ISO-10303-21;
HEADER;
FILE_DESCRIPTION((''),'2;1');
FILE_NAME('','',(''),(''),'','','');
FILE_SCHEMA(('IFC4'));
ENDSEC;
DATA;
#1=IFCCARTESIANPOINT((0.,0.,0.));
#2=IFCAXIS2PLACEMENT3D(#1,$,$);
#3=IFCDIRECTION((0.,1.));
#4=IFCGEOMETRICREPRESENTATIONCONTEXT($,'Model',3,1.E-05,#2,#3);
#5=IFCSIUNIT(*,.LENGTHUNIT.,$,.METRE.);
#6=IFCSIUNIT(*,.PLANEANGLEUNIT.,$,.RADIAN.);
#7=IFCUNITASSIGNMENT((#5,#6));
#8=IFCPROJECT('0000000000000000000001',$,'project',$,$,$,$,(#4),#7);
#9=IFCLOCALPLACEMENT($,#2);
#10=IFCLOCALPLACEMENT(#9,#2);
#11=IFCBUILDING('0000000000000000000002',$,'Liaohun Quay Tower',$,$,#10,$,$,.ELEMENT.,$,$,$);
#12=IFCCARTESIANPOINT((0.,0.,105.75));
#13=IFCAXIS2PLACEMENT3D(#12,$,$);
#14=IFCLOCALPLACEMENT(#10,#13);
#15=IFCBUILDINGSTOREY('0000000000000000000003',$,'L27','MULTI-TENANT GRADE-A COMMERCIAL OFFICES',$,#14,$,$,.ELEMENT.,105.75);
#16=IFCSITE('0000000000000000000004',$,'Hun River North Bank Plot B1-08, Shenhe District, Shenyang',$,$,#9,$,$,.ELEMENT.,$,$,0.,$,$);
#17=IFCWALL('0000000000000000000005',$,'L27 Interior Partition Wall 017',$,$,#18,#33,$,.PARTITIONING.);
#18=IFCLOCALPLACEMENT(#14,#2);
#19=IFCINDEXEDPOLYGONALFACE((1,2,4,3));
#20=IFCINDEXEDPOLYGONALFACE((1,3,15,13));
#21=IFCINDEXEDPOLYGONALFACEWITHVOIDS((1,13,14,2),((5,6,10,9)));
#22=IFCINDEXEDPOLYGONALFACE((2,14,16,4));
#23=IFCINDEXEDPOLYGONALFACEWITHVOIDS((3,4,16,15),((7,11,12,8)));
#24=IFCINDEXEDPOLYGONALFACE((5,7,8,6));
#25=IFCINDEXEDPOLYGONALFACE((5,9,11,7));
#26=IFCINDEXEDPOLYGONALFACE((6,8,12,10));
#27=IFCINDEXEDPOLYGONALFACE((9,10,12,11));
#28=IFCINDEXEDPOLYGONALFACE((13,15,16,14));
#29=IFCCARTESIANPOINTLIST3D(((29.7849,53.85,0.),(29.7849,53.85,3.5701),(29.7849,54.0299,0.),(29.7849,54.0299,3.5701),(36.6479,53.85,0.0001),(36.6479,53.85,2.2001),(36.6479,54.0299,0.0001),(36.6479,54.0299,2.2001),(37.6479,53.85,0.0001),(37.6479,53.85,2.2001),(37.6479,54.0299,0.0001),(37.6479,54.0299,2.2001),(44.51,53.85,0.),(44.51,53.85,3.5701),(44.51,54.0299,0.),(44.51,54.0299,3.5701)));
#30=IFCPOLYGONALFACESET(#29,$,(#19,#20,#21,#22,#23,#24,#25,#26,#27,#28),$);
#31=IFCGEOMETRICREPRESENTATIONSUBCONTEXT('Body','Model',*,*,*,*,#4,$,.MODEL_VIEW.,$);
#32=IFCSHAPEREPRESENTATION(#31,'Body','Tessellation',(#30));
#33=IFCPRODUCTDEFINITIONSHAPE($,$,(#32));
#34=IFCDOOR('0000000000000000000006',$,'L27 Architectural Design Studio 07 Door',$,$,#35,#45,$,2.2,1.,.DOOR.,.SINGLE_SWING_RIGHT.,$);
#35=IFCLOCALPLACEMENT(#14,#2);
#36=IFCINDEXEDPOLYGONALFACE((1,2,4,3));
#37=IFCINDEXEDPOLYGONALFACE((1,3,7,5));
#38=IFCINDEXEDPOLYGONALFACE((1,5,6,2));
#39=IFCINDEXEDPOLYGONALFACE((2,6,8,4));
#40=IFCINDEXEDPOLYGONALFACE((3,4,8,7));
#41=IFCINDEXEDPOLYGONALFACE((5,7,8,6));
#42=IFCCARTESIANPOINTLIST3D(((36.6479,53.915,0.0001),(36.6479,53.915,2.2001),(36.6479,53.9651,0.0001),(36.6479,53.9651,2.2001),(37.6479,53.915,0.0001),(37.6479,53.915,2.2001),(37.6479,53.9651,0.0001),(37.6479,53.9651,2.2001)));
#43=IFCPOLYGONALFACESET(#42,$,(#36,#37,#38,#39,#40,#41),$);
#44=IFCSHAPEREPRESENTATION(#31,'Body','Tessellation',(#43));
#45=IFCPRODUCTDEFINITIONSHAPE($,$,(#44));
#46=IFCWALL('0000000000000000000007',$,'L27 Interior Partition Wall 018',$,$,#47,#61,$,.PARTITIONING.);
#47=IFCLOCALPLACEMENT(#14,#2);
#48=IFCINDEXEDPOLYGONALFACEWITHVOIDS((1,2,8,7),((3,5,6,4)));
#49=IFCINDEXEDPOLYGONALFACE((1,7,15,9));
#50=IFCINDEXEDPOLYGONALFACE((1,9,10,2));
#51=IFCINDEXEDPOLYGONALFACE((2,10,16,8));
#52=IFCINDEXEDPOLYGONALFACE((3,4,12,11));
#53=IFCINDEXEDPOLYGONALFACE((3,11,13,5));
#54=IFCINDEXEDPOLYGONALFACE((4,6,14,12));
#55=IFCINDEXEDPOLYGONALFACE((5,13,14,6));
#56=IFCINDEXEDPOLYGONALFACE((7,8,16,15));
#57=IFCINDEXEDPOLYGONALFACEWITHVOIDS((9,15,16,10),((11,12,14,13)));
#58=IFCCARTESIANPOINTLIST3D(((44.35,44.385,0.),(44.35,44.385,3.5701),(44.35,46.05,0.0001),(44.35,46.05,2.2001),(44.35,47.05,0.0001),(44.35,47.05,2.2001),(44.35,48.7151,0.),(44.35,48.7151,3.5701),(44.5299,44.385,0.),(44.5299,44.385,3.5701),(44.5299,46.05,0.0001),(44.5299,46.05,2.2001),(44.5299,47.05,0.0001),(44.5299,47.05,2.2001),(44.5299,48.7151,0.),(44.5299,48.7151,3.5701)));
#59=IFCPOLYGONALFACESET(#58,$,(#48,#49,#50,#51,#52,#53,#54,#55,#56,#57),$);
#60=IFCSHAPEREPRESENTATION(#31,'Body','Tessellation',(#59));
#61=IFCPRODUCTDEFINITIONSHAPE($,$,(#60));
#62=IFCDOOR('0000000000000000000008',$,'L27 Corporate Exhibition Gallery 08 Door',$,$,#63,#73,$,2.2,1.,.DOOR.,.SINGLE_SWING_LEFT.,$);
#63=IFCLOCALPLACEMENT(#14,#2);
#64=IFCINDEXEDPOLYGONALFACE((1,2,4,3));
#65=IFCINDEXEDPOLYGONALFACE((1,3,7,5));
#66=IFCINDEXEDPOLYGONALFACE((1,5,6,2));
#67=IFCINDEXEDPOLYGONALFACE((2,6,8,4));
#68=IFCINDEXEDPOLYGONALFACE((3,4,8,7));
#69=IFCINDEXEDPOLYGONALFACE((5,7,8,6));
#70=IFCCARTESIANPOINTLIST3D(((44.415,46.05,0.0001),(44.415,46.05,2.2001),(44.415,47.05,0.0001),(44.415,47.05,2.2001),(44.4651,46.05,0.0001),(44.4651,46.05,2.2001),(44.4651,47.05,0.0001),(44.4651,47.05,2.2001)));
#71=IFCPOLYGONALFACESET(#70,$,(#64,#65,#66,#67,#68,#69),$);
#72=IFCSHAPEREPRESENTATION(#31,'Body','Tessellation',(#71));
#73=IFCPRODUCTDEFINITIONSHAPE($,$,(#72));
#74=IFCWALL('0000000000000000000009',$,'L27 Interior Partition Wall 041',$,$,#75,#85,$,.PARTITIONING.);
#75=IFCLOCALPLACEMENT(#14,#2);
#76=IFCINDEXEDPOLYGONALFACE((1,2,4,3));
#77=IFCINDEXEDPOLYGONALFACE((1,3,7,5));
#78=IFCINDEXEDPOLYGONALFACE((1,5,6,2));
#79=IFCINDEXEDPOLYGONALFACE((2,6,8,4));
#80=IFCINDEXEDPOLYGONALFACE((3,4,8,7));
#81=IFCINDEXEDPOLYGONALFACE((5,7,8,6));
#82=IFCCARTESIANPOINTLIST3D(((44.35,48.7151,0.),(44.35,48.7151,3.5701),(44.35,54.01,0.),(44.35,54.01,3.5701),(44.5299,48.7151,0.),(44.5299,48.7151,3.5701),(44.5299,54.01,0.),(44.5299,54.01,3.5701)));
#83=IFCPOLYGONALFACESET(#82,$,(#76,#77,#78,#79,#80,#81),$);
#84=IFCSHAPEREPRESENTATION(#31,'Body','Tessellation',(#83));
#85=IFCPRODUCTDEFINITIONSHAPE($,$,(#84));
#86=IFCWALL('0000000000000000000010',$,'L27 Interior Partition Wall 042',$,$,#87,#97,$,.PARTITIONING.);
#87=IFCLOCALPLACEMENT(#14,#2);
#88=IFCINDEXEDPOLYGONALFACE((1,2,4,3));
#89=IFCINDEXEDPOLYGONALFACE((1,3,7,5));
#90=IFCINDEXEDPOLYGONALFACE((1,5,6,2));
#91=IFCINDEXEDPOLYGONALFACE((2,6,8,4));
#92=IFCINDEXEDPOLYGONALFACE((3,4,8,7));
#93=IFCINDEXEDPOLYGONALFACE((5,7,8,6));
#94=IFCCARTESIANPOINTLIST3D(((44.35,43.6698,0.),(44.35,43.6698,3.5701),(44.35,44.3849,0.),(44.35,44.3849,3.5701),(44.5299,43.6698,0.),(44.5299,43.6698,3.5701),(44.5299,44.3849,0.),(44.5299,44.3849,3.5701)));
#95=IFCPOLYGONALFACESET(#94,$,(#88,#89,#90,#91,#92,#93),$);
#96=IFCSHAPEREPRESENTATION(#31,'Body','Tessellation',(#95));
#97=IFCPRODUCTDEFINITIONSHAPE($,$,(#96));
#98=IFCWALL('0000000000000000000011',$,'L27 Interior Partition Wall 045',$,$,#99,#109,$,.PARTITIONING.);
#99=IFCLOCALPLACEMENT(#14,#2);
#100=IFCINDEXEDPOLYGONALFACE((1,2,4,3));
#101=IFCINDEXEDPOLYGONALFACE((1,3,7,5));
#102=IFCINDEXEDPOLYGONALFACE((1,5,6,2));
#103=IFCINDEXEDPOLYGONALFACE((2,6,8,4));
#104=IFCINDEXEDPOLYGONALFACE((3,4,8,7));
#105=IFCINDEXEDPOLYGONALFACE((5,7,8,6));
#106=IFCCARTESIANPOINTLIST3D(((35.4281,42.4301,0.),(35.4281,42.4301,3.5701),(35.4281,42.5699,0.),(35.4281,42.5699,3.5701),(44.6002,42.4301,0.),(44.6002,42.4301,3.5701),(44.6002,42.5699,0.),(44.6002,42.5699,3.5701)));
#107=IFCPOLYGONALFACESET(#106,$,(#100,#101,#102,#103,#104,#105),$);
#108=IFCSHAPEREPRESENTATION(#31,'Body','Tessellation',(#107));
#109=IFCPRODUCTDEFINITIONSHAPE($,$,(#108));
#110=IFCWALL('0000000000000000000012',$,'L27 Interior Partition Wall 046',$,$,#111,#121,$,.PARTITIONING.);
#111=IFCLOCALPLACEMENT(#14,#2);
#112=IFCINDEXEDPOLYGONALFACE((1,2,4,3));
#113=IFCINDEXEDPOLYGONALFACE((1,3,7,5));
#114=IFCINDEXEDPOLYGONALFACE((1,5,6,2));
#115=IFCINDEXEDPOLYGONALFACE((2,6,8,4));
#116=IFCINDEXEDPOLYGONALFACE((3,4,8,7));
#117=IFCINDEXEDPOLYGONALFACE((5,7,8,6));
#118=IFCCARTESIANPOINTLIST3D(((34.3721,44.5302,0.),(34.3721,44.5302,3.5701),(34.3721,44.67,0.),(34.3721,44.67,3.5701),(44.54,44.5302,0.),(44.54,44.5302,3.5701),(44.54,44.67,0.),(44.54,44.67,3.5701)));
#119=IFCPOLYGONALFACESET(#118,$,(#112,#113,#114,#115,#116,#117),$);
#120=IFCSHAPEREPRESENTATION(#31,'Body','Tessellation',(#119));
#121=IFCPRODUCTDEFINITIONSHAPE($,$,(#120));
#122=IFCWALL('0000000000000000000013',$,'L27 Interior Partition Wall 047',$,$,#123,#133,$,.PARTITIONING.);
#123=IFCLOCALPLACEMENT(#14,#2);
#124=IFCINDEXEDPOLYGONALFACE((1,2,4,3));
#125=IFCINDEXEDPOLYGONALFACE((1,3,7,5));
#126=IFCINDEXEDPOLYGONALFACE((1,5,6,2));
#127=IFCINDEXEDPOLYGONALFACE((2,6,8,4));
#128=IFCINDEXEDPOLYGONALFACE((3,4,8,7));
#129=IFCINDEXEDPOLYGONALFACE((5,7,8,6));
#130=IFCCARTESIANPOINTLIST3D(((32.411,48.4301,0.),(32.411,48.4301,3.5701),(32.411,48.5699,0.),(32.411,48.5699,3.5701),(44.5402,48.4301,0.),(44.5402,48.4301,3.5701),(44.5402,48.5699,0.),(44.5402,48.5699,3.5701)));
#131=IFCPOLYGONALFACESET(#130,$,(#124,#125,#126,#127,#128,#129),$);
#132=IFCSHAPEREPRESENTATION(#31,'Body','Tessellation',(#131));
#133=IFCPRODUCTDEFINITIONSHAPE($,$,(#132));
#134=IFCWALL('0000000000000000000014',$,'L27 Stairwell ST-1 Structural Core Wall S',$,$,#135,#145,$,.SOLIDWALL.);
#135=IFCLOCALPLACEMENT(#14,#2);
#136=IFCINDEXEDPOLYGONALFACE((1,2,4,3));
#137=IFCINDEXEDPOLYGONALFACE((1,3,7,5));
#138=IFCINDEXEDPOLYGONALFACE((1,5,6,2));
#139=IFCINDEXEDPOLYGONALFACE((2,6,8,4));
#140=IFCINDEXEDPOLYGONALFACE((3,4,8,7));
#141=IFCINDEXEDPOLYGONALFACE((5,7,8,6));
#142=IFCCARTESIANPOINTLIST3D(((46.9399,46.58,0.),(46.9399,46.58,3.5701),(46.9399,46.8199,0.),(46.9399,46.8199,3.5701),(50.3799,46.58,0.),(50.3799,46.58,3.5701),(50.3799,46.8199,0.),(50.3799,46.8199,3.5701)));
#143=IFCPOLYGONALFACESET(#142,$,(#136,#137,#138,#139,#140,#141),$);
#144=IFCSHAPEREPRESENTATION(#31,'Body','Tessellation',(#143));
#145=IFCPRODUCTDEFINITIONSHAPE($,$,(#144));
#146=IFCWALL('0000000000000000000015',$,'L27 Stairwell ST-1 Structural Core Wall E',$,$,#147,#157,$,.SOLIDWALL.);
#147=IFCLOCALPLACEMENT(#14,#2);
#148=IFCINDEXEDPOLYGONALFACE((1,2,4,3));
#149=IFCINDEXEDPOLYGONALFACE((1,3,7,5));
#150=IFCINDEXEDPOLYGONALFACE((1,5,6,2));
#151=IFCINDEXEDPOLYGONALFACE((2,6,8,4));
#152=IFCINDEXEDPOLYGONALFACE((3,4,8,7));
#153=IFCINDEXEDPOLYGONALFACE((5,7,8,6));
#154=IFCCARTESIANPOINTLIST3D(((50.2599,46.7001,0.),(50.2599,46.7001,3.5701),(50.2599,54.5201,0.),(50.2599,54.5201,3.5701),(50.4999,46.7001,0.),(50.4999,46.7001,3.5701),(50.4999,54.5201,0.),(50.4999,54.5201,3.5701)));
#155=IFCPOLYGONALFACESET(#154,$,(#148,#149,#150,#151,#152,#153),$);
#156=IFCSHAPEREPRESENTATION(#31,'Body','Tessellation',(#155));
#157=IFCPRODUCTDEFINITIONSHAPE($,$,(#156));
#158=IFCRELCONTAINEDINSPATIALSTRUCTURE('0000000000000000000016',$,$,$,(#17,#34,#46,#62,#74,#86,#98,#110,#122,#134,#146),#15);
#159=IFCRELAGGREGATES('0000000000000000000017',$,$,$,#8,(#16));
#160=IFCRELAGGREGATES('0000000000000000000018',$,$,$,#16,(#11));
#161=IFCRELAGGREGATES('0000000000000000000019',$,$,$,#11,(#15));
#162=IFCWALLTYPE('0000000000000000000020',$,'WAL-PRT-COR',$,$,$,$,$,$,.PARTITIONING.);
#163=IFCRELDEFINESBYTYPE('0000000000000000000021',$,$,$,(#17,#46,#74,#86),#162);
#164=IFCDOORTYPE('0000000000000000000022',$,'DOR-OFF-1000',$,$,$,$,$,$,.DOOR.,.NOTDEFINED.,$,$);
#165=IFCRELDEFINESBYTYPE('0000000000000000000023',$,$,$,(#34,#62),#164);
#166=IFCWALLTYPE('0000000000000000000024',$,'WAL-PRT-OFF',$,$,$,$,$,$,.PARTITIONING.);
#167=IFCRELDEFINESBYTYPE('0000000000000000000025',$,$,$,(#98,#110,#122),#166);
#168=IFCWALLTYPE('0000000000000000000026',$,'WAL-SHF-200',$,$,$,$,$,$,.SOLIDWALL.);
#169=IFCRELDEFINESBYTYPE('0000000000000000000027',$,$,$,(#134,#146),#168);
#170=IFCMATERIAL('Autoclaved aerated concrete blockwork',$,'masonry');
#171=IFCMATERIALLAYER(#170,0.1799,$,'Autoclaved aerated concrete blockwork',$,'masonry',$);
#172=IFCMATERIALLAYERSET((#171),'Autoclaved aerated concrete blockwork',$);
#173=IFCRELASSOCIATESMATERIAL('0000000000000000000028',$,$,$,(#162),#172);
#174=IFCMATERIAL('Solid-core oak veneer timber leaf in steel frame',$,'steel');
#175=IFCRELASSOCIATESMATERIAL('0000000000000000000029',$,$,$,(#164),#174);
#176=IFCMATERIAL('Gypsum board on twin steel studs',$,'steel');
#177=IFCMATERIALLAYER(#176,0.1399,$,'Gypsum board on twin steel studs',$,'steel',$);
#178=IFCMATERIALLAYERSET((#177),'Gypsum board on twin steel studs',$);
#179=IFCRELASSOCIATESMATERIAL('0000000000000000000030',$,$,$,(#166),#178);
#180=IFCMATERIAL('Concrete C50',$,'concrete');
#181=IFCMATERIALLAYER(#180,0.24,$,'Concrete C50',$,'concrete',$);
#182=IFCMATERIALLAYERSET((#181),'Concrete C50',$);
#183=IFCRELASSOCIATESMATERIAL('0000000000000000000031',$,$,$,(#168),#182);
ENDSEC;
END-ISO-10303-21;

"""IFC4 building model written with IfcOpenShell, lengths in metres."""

from ifc_helpers import new_model, si_unit, direction, frame, frame_2d, origin, place, context, subcontext, project, spatial, rectangle, extrude, source, transform, mapped, material, layer, layer_set, type_object, element, fill, save


model = new_model("IFC4")

# Units and contexts
model_context = context("Model", 3, precision=1e-05, world=origin(), true_north=direction((0.0, 1.0)))
body_context = subcontext(model_context, "Body", "Model", "MODEL_VIEW")
ifc_project = project(units=[si_unit("LENGTHUNIT", "METRE"), si_unit("PLANEANGLEUNIT", "RADIAN")], contexts=[model_context])

# Site, building, storey
site_placement = place(None, origin())
site = spatial("IfcSite", under=ifc_project, at=site_placement, Name="Hun River North Bank Plot B1-08, Shenhe District, Shenyang", CompositionType="ELEMENT", RefElevation=0.0)
building_placement = place(site_placement, origin())
building = spatial("IfcBuilding", under=site, at=building_placement, Name="Liaohun Quay Tower", CompositionType="ELEMENT")
storey_placement = place(building_placement, frame((0.0, 0.0, 105.75)))
storey = spatial("IfcBuildingStorey", under=building, at=storey_placement, Name="L27", Description="MULTI-TENANT GRADE-A COMMERCIAL OFFICES", CompositionType="ELEMENT", Elevation=105.75)

# Walls, openings, doors
ifc_material_1 = material(Name="Autoclaved aerated concrete blockwork", Category="masonry")
ifc_layer_1 = layer(ifc_material_1, 0.1799, Name="Autoclaved aerated concrete blockwork", Category="masonry")
ifc_layer_set_1 = layer_set([ifc_layer_1], Name="Autoclaved aerated concrete blockwork")
wall_type_1 = type_object("IfcWallType", Name="WAL-PRT-COR", PredefinedType="PARTITIONING", material=ifc_layer_set_1)
wall_1_placement = place(storey_placement, frame((44.51, 53.9399, 0.0), z_axis=(0.0, 0.0, 1.0), x_axis=(-1.0, 0.0, 0.0)))
wall_1 = element("IfcWall", 1, at=wall_1_placement, inside=storey, type_object=wall_type_1, Name="L27 Interior Partition Wall 017", PredefinedType="PARTITIONING", context=body_context, shape_type="SweptSolid", body=[
    extrude(rectangle(XDim=14.7251, YDim=0.1799, at=frame_2d((7.3625, 0.0))), origin(), (0.0, 0.0, 1.0), 3.5701),
])
shared_shape_1 = source(origin(), body_context, "Body", "SweptSolid", [
    extrude(rectangle(XDim=1.0, YDim=2.2, at=frame_2d((0.5, 1.1001))), frame((0.0, 0.0999, 0.0), z_axis=(0.0, -1.0, 0.0), x_axis=(1.0, 0.0, 0.0)), (0.0, 0.0, 1.0), 0.2),
])
opening_1_placement = place(wall_1_placement, frame((6.8621, 0.0, 0.0)))
opening_1 = element("IfcOpeningElement", 2, at=opening_1_placement, cuts=wall_1, PredefinedType="OPENING", context=body_context, shape_type="MappedRepresentation", body=[
    mapped(shared_shape_1, transform((0.0, 0.0, 0.0), x_axis=(1.0, 0.0, 0.0), y_axis=(0.0, 1.0, 0.0), z_axis=(0.0, 0.0, 1.0), scale=1.0)),
])
ifc_material_2 = material(Name="Solid-core oak veneer timber leaf in steel frame", Category="steel")
door_type_1 = type_object("IfcDoorType", Name="DOR-OFF-1000", OperationType="NOTDEFINED", PredefinedType="DOOR", material=ifc_material_2)
shared_shape_2 = source(origin(), body_context, "Body", "SweptSolid", [
    extrude(rectangle(XDim=1.0, YDim=2.2, at=frame_2d((0.5, 1.1001))), frame((0.0, 0.0249, 0.0), z_axis=(0.0, -1.0, 0.0), x_axis=(1.0, 0.0, 0.0)), (0.0, 0.0, 1.0), 0.05),
])
door_1_placement = place(opening_1_placement, origin())
door_1 = element("IfcDoor", 3, at=door_1_placement, inside=storey, type_object=door_type_1, Name="L27 Architectural Design Studio 07 Door", OperationType="SINGLE_SWING_RIGHT", OverallHeight=2.2, OverallWidth=1.0, PredefinedType="DOOR", context=body_context, shape_type="MappedRepresentation", body=[
    mapped(shared_shape_2, transform((0.0, 0.0, 0.0), x_axis=(1.0, 0.0, 0.0), y_axis=(0.0, 1.0, 0.0), z_axis=(0.0, 0.0, 1.0), scale=1.0)),
])
fill(opening_1, door_1)
wall_2_placement = place(storey_placement, frame((44.4399, 44.385, 0.0), z_axis=(0.0, 0.0, 1.0), x_axis=(0.0, 1.0, 0.0)))
wall_2 = element("IfcWall", 4, at=wall_2_placement, inside=storey, type_object=wall_type_1, Name="L27 Interior Partition Wall 018", PredefinedType="PARTITIONING", context=body_context, shape_type="SweptSolid", body=[
    extrude(rectangle(XDim=4.3301, YDim=0.1799, at=frame_2d((2.165, 0.0))), origin(), (0.0, 0.0, 1.0), 3.5701),
])
opening_2_placement = place(wall_2_placement, frame((1.665, 0.0, 0.0)))
opening_2 = element("IfcOpeningElement", 5, at=opening_2_placement, cuts=wall_2, PredefinedType="OPENING", context=body_context, shape_type="MappedRepresentation", body=[
    mapped(shared_shape_1, transform((0.0, 0.0, 0.0), x_axis=(1.0, 0.0, 0.0), y_axis=(0.0, 1.0, 0.0), z_axis=(0.0, 0.0, 1.0), scale=1.0)),
])
door_2_placement = place(opening_2_placement, origin())
door_2 = element("IfcDoor", 6, at=door_2_placement, inside=storey, type_object=door_type_1, Name="L27 Corporate Exhibition Gallery 08 Door", OperationType="SINGLE_SWING_LEFT", OverallHeight=2.2, OverallWidth=1.0, PredefinedType="DOOR", context=body_context, shape_type="MappedRepresentation", body=[
    mapped(shared_shape_2, transform((0.0, 0.0, 0.0), x_axis=(1.0, 0.0, 0.0), y_axis=(0.0, 1.0, 0.0), z_axis=(0.0, 0.0, 1.0), scale=1.0)),
])
fill(opening_2, door_2)

# Walls
wall_3_placement = place(storey_placement, frame((44.4399, 48.7151, 0.0), z_axis=(0.0, 0.0, 1.0), x_axis=(0.0, 1.0, 0.0)))
element("IfcWall", 7, at=wall_3_placement, inside=storey, type_object=wall_type_1, Name="L27 Interior Partition Wall 041", PredefinedType="PARTITIONING", context=body_context, shape_type="SweptSolid", body=[
    extrude(rectangle(XDim=5.2949, YDim=0.1799, at=frame_2d((2.6475, 0.0))), origin(), (0.0, 0.0, 1.0), 3.5701),
])
wall_4_placement = place(storey_placement, frame((44.4399, 43.6699, 0.0), z_axis=(0.0, 0.0, 1.0), x_axis=(0.0, 1.0, 0.0)))
element("IfcWall", 8, at=wall_4_placement, inside=storey, type_object=wall_type_1, Name="L27 Interior Partition Wall 042", PredefinedType="PARTITIONING", context=body_context, shape_type="SweptSolid", body=[
    extrude(rectangle(XDim=0.7151, YDim=0.1799, at=frame_2d((0.3574, 0.0))), origin(), (0.0, 0.0, 1.0), 3.5701),
])
ifc_material_3 = material(Name="Gypsum board on twin steel studs", Category="steel")
ifc_layer_2 = layer(ifc_material_3, 0.1399, Name="Gypsum board on twin steel studs", Category="steel")
ifc_layer_set_2 = layer_set([ifc_layer_2], Name="Gypsum board on twin steel studs")
wall_type_2 = type_object("IfcWallType", Name="WAL-PRT-OFF", PredefinedType="PARTITIONING", material=ifc_layer_set_2)
wall_5_placement = place(storey_placement, frame((44.6001, 42.5, 0.0), z_axis=(0.0, 0.0, 1.0), x_axis=(-1.0, 0.0, 0.0)))
element("IfcWall", 9, at=wall_5_placement, inside=storey, type_object=wall_type_2, Name="L27 Interior Partition Wall 045", PredefinedType="PARTITIONING", context=body_context, shape_type="SweptSolid", body=[
    extrude(rectangle(XDim=9.1721, YDim=0.1399, at=frame_2d((4.5859, 0.0))), origin(), (0.0, 0.0, 1.0), 3.5701),
])
wall_6_placement = place(storey_placement, frame((44.54, 44.6001, 0.0), z_axis=(0.0, 0.0, 1.0), x_axis=(-1.0, 0.0, 0.0)))
element("IfcWall", 10, at=wall_6_placement, inside=storey, type_object=wall_type_2, Name="L27 Interior Partition Wall 046", PredefinedType="PARTITIONING", context=body_context, shape_type="SweptSolid", body=[
    extrude(rectangle(XDim=10.168, YDim=0.1399, at=frame_2d((5.084, 0.0))), origin(), (0.0, 0.0, 1.0), 3.5701),
])
wall_7_placement = place(storey_placement, frame((44.54, 48.5, 0.0), z_axis=(0.0, 0.0, 1.0), x_axis=(-1.0, 0.0, 0.0)))
element("IfcWall", 11, at=wall_7_placement, inside=storey, type_object=wall_type_2, Name="L27 Interior Partition Wall 047", PredefinedType="PARTITIONING", context=body_context, shape_type="SweptSolid", body=[
    extrude(rectangle(XDim=12.1292, YDim=0.1399, at=frame_2d((6.0645, 0.0))), origin(), (0.0, 0.0, 1.0), 3.5701),
])
ifc_material_4 = material(Name="Concrete C50", Category="concrete")
ifc_layer_3 = layer(ifc_material_4, 0.24, Name="Concrete C50", Category="concrete")
ifc_layer_set_3 = layer_set([ifc_layer_3], Name="Concrete C50")
wall_type_3 = type_object("IfcWallType", Name="WAL-SHF-200", PredefinedType="SOLIDWALL", material=ifc_layer_set_3)
wall_8_placement = place(storey_placement, frame((46.9399, 46.7, 0.0), z_axis=(0.0, 0.0, 1.0), x_axis=(1.0, 0.0, 0.0)))
element("IfcWall", 12, at=wall_8_placement, inside=storey, type_object=wall_type_3, Name="L27 Stairwell ST-1 Structural Core Wall S", PredefinedType="SOLIDWALL", context=body_context, shape_type="SweptSolid", body=[
    extrude(rectangle(XDim=3.4399, YDim=0.24, at=frame_2d((1.72, 0.0))), origin(), (0.0, 0.0, 1.0), 3.5701),
])
wall_9_placement = place(storey_placement, frame((50.3799, 46.7, 0.0), z_axis=(0.0, 0.0, 1.0), x_axis=(0.0, 1.0, 0.0)))
element("IfcWall", 13, at=wall_9_placement, inside=storey, type_object=wall_type_3, Name="L27 Stairwell ST-1 Structural Core Wall E", PredefinedType="SOLIDWALL", context=body_context, shape_type="SweptSolid", body=[
    extrude(rectangle(XDim=7.8201, YDim=0.24, at=frame_2d((3.9102, 0.0))), origin(), (0.0, 0.0, 1.0), 3.5701),
])

save(model, "model.ifc")
